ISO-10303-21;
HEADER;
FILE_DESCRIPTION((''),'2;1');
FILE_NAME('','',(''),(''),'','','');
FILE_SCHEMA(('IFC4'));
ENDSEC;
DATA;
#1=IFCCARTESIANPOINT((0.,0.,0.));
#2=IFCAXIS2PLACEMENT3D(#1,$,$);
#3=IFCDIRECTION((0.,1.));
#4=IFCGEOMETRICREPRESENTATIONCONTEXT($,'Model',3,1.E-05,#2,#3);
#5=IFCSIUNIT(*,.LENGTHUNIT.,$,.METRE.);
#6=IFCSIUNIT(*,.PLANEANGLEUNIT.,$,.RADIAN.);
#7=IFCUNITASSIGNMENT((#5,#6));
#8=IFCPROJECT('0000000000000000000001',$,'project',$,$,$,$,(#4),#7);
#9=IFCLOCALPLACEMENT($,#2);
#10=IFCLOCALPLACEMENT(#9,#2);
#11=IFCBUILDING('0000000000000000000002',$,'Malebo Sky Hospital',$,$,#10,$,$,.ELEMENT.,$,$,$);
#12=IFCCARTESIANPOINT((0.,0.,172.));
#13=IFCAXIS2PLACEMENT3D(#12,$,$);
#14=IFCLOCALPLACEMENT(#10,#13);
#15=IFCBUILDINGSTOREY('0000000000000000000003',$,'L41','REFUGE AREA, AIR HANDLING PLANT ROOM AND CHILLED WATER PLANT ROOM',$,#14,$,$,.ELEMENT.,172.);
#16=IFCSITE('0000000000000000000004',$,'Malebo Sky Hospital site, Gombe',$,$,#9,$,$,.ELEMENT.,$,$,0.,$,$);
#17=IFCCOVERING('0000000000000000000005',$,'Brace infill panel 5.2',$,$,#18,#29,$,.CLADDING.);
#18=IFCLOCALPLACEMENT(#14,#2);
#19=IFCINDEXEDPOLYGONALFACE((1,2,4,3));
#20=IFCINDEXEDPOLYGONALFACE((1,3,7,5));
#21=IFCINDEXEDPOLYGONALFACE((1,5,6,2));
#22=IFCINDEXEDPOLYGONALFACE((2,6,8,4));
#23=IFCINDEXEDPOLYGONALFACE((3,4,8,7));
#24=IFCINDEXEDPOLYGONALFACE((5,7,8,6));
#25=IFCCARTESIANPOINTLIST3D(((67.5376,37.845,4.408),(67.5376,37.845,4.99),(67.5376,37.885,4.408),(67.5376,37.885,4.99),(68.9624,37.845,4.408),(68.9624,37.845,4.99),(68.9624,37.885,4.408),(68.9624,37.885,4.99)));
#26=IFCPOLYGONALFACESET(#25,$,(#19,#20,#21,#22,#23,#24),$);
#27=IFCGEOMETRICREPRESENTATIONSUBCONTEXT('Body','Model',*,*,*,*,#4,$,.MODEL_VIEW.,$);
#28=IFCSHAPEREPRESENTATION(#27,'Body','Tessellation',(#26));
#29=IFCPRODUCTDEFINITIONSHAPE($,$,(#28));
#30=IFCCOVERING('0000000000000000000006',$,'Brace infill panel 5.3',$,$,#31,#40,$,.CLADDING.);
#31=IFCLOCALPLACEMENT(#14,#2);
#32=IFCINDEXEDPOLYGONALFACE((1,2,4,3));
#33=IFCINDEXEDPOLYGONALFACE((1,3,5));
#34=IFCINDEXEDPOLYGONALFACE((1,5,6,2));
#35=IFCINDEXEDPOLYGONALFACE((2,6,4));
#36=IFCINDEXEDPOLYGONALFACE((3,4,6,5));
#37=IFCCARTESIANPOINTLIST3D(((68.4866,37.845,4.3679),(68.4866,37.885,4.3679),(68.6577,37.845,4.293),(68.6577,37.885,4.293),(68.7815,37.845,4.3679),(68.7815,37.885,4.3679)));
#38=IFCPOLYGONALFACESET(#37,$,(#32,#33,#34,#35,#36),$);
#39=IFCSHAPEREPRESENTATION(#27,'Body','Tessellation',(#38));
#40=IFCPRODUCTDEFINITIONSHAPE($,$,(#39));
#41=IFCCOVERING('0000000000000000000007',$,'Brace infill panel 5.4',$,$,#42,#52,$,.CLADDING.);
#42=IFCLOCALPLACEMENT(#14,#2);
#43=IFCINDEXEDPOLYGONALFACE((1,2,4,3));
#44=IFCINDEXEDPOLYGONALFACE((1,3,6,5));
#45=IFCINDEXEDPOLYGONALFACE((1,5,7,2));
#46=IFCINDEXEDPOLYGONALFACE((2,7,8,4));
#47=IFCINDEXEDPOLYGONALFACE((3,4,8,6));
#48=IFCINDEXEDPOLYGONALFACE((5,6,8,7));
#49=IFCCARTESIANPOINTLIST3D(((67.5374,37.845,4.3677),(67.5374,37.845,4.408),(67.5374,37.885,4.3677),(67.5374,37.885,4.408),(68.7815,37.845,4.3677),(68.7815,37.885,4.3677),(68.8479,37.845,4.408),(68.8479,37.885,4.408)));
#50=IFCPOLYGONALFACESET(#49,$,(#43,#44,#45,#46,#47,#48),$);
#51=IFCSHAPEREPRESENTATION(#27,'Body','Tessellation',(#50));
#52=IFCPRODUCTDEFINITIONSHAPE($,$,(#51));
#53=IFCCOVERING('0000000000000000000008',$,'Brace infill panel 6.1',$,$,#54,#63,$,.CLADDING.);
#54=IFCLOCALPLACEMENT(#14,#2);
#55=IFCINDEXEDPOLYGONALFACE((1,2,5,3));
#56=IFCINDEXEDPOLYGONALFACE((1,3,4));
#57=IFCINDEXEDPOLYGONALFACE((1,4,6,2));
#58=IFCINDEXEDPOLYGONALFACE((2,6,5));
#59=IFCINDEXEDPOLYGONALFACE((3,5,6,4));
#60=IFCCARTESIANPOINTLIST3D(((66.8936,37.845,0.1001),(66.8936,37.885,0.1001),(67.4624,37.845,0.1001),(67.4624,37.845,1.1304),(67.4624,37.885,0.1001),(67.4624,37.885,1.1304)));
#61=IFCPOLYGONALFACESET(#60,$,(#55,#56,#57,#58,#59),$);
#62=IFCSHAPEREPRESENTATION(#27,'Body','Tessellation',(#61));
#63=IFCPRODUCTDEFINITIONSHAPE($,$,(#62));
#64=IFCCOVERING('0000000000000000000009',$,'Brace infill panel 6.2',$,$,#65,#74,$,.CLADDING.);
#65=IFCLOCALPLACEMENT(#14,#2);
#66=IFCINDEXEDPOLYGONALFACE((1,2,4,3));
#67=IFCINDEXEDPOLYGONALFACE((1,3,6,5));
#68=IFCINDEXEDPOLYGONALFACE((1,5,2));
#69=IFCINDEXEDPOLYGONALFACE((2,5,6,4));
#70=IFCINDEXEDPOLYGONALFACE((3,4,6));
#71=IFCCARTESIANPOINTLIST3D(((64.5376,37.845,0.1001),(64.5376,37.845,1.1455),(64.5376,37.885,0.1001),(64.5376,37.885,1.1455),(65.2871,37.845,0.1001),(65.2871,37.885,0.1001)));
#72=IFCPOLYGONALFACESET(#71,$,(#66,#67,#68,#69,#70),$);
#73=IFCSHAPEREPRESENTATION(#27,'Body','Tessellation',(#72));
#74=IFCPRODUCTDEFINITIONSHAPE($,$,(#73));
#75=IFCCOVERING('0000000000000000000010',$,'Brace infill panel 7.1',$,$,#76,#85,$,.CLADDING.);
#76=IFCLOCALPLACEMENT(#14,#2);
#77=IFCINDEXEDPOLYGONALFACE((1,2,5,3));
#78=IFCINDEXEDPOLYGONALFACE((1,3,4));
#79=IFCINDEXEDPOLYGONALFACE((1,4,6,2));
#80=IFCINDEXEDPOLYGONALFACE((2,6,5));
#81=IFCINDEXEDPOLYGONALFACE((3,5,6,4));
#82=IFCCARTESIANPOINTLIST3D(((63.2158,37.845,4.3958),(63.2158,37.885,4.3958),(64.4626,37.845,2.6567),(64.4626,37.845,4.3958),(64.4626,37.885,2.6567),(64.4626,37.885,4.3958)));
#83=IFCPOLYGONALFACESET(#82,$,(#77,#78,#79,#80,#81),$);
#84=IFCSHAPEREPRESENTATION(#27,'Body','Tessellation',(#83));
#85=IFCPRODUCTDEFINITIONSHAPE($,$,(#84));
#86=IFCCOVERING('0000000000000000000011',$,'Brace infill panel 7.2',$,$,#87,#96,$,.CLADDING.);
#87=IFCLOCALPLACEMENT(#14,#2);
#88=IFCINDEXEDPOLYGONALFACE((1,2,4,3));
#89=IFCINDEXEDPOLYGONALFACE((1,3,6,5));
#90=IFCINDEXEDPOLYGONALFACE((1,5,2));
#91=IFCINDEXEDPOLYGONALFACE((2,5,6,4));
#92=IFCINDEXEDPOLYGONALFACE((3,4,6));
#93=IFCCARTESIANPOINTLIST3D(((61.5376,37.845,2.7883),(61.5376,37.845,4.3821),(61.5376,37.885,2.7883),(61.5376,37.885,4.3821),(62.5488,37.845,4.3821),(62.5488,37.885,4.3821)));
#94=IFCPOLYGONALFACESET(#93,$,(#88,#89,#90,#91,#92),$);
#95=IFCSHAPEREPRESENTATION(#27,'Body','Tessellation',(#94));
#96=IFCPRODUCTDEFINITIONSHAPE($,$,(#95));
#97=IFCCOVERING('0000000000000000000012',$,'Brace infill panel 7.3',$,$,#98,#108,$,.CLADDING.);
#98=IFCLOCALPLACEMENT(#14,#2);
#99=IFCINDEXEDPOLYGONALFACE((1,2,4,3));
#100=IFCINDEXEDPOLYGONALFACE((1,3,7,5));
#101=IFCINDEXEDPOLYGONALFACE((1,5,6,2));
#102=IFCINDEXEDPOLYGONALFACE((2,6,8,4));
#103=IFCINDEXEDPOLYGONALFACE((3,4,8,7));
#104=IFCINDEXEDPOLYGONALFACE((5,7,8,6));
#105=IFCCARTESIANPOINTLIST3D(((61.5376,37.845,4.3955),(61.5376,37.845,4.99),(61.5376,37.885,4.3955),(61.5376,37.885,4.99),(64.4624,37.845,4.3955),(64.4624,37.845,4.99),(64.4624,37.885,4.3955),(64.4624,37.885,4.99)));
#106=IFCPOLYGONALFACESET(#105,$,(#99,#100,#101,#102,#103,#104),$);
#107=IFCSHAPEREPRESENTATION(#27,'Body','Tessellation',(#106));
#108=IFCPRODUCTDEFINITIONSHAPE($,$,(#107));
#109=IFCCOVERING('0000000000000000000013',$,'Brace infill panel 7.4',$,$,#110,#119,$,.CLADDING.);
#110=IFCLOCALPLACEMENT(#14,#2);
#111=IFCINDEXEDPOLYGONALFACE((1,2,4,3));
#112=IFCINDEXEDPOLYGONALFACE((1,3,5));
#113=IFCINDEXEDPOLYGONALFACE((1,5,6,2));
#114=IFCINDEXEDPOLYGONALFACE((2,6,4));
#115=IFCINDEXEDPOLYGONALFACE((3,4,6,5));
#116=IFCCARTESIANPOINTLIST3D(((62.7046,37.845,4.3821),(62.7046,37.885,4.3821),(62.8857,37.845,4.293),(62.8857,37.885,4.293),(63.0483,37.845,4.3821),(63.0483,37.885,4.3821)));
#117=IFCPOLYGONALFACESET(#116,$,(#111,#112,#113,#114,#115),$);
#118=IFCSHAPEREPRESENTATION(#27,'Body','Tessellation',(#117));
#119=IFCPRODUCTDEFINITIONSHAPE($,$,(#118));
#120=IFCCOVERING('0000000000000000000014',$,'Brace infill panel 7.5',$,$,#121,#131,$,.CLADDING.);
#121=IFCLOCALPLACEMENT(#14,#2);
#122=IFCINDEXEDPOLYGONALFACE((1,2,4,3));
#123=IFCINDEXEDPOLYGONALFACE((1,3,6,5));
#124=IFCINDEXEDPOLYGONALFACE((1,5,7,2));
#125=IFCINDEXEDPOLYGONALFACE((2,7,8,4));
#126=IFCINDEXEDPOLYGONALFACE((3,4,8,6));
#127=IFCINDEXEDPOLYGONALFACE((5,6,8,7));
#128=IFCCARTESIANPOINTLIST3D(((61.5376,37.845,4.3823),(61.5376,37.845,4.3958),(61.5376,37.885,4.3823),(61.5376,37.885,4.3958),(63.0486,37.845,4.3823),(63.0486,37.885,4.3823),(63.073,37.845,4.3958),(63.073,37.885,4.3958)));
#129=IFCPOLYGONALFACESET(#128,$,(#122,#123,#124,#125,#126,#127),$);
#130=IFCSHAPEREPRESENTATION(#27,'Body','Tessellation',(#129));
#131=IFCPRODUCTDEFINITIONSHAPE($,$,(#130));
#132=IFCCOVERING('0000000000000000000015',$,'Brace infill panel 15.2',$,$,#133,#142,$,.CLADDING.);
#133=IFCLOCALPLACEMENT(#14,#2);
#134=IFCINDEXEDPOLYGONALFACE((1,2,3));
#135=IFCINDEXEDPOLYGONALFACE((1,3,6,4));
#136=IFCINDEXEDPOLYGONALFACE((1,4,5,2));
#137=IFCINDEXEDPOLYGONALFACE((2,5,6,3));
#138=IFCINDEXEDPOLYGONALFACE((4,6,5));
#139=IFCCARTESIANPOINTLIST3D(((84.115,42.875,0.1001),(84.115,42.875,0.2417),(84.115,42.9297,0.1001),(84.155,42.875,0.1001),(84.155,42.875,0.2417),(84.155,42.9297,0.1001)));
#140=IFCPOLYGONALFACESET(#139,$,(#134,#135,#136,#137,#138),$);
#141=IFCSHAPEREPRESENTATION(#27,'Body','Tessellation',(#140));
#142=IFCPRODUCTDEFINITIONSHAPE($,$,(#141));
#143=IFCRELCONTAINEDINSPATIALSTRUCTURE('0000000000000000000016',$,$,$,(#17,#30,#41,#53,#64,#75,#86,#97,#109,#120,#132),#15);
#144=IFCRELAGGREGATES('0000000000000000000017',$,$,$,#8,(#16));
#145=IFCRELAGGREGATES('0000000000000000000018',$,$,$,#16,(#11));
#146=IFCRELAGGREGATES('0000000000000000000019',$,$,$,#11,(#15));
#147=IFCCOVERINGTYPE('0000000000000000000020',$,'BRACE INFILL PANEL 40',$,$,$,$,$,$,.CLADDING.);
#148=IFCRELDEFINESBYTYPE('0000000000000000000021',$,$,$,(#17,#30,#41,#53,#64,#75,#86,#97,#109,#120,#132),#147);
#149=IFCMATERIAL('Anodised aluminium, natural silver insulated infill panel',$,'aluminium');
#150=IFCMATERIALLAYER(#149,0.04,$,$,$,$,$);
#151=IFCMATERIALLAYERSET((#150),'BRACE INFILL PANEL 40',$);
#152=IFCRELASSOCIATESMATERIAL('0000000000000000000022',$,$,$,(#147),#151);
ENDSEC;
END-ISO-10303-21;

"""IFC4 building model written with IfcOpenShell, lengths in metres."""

from ifc_helpers import new_model, si_unit, direction, frame, origin, place, context, subcontext, project, spatial, polyline, outline, extrude, material, layer, layer_set, type_object, element, save


model = new_model("IFC4")

# Units and contexts
model_context = context("Model", 3, precision=1e-05, world=origin(), true_north=direction((0.0, 1.0)))
body_context = subcontext(model_context, "Body", "Model", "MODEL_VIEW")
ifc_project = project(units=[si_unit("LENGTHUNIT", "METRE"), si_unit("PLANEANGLEUNIT", "RADIAN")], contexts=[model_context])

# Site, building, storey
site_placement = place(None, origin())
site = spatial("IfcSite", under=ifc_project, at=site_placement, Name="Malebo Sky Hospital site, Gombe", CompositionType="ELEMENT", RefElevation=0.0)
building_placement = place(site_placement, origin())
building = spatial("IfcBuilding", under=site, at=building_placement, Name="Malebo Sky Hospital", CompositionType="ELEMENT")
storey_placement = place(building_placement, frame((0.0, 0.0, 172.0)))
storey = spatial("IfcBuildingStorey", under=building, at=storey_placement, Name="L41", Description="REFUGE AREA, AIR HANDLING PLANT ROOM AND CHILLED WATER PLANT ROOM", CompositionType="ELEMENT", Elevation=172.0)

# Coverings
ifc_material_1 = material(Name="Anodised aluminium, natural silver insulated infill panel", Category="aluminium")
ifc_layer_1 = layer(ifc_material_1, 0.04)
ifc_layer_set_1 = layer_set([ifc_layer_1], Name="BRACE INFILL PANEL 40")
covering_type = type_object("IfcCoveringType", Name="BRACE INFILL PANEL 40", PredefinedType="CLADDING", material=ifc_layer_set_1)
covering_1_placement = place(storey_placement, frame((68.25, 37.865, 4.408), z_axis=(0.0, 0.0, 1.0), x_axis=(-1.0, 0.0, 0.0)))
element("IfcCovering", 1, at=covering_1_placement, inside=storey, type_object=covering_type, Name="Brace infill panel 5.2", PredefinedType="CLADDING", context=body_context, shape_type="SweptSolid", body=[
    extrude(outline(polyline([(-0.7124, 0.0), (0.7124, 0.0), (0.7124, 0.582), (-0.7124, 0.582), (-0.7124, 0.0)])), frame((0.0, 0.02, 0.0), z_axis=(0.0, -1.0, 0.0), x_axis=(1.0, 0.0, 0.0)), (0.0, 0.0, 1.0), 0.04),
])
covering_2_placement = place(storey_placement, frame((68.634, 37.865, 4.293), z_axis=(0.0, 0.0, 1.0), x_axis=(-1.0, 0.0, 0.0)))
element("IfcCovering", 2, at=covering_2_placement, inside=storey, type_object=covering_type, Name="Brace infill panel 5.3", PredefinedType="CLADDING", context=body_context, shape_type="SweptSolid", body=[
    extrude(outline(polyline([(-0.0237, 0.0), (0.1475, 0.075), (-0.1475, 0.075), (-0.0237, 0.0)])), frame((0.0, 0.02, 0.0), z_axis=(0.0, -1.0, 0.0), x_axis=(1.0, 0.0, 0.0)), (0.0, 0.0, 1.0), 0.04),
])
covering_3_placement = place(storey_placement, frame((68.1926, 37.865, 4.3677), z_axis=(0.0, 0.0, 1.0), x_axis=(-1.0, 0.0, 0.0)))
element("IfcCovering", 3, at=covering_3_placement, inside=storey, type_object=covering_type, Name="Brace infill panel 5.4", PredefinedType="CLADDING", context=body_context, shape_type="SweptSolid", body=[
    extrude(outline(polyline([(-0.5889, 0.0), (0.6553, 0.0), (0.6553, 0.0403), (-0.6553, 0.0403), (-0.5889, 0.0)])), frame((0.0, 0.02, 0.0), z_axis=(0.0, -1.0, 0.0), x_axis=(1.0, 0.0, 0.0)), (0.0, 0.0, 1.0), 0.04),
])
covering_4_placement = place(storey_placement, frame((67.178, 37.865, 0.1001), z_axis=(0.0, 0.0, 1.0), x_axis=(-1.0, 0.0, 0.0)))
element("IfcCovering", 4, at=covering_4_placement, inside=storey, type_object=covering_type, Name="Brace infill panel 6.1", PredefinedType="CLADDING", context=body_context, shape_type="SweptSolid", body=[
    extrude(outline(polyline([(-0.2844, 0.0), (0.2844, 0.0), (-0.2844, 1.0303), (-0.2844, 0.0)])), frame((0.0, 0.02, 0.0), z_axis=(0.0, -1.0, 0.0), x_axis=(1.0, 0.0, 0.0)), (0.0, 0.0, 1.0), 0.04),
])
covering_5_placement = place(storey_placement, frame((64.9124, 37.865, 0.1001), z_axis=(0.0, 0.0, 1.0), x_axis=(-1.0, 0.0, 0.0)))
element("IfcCovering", 5, at=covering_5_placement, inside=storey, type_object=covering_type, Name="Brace infill panel 6.2", PredefinedType="CLADDING", context=body_context, shape_type="SweptSolid", body=[
    extrude(outline(polyline([(-0.3748, 0.0), (0.3748, 0.0), (0.3748, 1.0454), (-0.3748, 0.0)])), frame((0.0, 0.02, 0.0), z_axis=(0.0, -1.0, 0.0), x_axis=(1.0, 0.0, 0.0)), (0.0, 0.0, 1.0), 0.04),
])
covering_6_placement = place(storey_placement, frame((63.8391, 37.865, 2.6567), z_axis=(0.0, 0.0, 1.0), x_axis=(-1.0, 0.0, 0.0)))
element("IfcCovering", 6, at=covering_6_placement, inside=storey, type_object=covering_type, Name="Brace infill panel 7.1", PredefinedType="CLADDING", context=body_context, shape_type="SweptSolid", body=[
    extrude(outline(polyline([(-0.6235, 0.0), (0.6233, 1.739), (-0.6235, 1.739), (-0.6235, 0.0)])), frame((0.0, 0.02, 0.0), z_axis=(0.0, -1.0, 0.0), x_axis=(1.0, 0.0, 0.0)), (0.0, 0.0, 1.0), 0.04),
])
covering_7_placement = place(storey_placement, frame((62.0432, 37.865, 2.7883), z_axis=(0.0, 0.0, 1.0), x_axis=(-1.0, 0.0, 0.0)))
element("IfcCovering", 7, at=covering_7_placement, inside=storey, type_object=covering_type, Name="Brace infill panel 7.2", PredefinedType="CLADDING", context=body_context, shape_type="SweptSolid", body=[
    extrude(outline(polyline([(0.5056, 0.0), (0.5056, 1.5938), (-0.5056, 1.5938), (0.5056, 0.0)])), frame((0.0, 0.02, 0.0), z_axis=(0.0, -1.0, 0.0), x_axis=(1.0, 0.0, 0.0)), (0.0, 0.0, 1.0), 0.04),
])
covering_8_placement = place(storey_placement, frame((63.0, 37.865, 4.3955), z_axis=(0.0, 0.0, 1.0), x_axis=(-1.0, 0.0, 0.0)))
element("IfcCovering", 8, at=covering_8_placement, inside=storey, type_object=covering_type, Name="Brace infill panel 7.3", PredefinedType="CLADDING", context=body_context, shape_type="SweptSolid", body=[
    extrude(outline(polyline([(-1.4624, 0.0), (1.4624, 0.0), (1.4624, 0.5945), (-1.4624, 0.5945), (-1.4624, 0.0)])), frame((0.0, 0.02, 0.0), z_axis=(0.0, -1.0, 0.0), x_axis=(1.0, 0.0, 0.0)), (0.0, 0.0, 1.0), 0.04),
])
covering_9_placement = place(storey_placement, frame((62.8765, 37.865, 4.293), z_axis=(0.0, 0.0, 1.0), x_axis=(-1.0, 0.0, 0.0)))
element("IfcCovering", 9, at=covering_9_placement, inside=storey, type_object=covering_type, Name="Brace infill panel 7.4", PredefinedType="CLADDING", context=body_context, shape_type="SweptSolid", body=[
    extrude(outline(polyline([(-0.0093, 0.0), (0.1719, 0.0891), (-0.1719, 0.0891), (-0.0093, 0.0)])), frame((0.0, 0.02, 0.0), z_axis=(0.0, -1.0, 0.0), x_axis=(1.0, 0.0, 0.0)), (0.0, 0.0, 1.0), 0.04),
])
covering_10_placement = place(storey_placement, frame((62.3054, 37.865, 4.3823), z_axis=(0.0, 0.0, 1.0), x_axis=(-1.0, 0.0, 0.0)))
element("IfcCovering", 10, at=covering_10_placement, inside=storey, type_object=covering_type, Name="Brace infill panel 7.5", PredefinedType="CLADDING", context=body_context, shape_type="SweptSolid", body=[
    extrude(outline(polyline([(-0.7432, 0.0), (0.7678, 0.0), (0.7678, 0.0134), (-0.7676, 0.0134), (-0.7432, 0.0)])), frame((0.0, 0.02, 0.0), z_axis=(0.0, -1.0, 0.0), x_axis=(1.0, 0.0, 0.0)), (0.0, 0.0, 1.0), 0.04),
])
covering_11_placement = place(storey_placement, frame((84.135, 42.9023, 0.1001), z_axis=(0.0, 0.0, 1.0), x_axis=(0.0, -1.0, 0.0)))
element("IfcCovering", 11, at=covering_11_placement, inside=storey, type_object=covering_type, Name="Brace infill panel 15.2", PredefinedType="CLADDING", context=body_context, shape_type="SweptSolid", body=[
    extrude(outline(polyline([(-0.0273, 0.0), (0.0273, 0.0), (0.0273, 0.1416), (-0.0273, 0.0)])), frame((0.0, 0.02, 0.0), z_axis=(0.0, -1.0, 0.0), x_axis=(1.0, 0.0, 0.0)), (0.0, 0.0, 1.0), 0.04),
])

save(model, "model.ifc")
